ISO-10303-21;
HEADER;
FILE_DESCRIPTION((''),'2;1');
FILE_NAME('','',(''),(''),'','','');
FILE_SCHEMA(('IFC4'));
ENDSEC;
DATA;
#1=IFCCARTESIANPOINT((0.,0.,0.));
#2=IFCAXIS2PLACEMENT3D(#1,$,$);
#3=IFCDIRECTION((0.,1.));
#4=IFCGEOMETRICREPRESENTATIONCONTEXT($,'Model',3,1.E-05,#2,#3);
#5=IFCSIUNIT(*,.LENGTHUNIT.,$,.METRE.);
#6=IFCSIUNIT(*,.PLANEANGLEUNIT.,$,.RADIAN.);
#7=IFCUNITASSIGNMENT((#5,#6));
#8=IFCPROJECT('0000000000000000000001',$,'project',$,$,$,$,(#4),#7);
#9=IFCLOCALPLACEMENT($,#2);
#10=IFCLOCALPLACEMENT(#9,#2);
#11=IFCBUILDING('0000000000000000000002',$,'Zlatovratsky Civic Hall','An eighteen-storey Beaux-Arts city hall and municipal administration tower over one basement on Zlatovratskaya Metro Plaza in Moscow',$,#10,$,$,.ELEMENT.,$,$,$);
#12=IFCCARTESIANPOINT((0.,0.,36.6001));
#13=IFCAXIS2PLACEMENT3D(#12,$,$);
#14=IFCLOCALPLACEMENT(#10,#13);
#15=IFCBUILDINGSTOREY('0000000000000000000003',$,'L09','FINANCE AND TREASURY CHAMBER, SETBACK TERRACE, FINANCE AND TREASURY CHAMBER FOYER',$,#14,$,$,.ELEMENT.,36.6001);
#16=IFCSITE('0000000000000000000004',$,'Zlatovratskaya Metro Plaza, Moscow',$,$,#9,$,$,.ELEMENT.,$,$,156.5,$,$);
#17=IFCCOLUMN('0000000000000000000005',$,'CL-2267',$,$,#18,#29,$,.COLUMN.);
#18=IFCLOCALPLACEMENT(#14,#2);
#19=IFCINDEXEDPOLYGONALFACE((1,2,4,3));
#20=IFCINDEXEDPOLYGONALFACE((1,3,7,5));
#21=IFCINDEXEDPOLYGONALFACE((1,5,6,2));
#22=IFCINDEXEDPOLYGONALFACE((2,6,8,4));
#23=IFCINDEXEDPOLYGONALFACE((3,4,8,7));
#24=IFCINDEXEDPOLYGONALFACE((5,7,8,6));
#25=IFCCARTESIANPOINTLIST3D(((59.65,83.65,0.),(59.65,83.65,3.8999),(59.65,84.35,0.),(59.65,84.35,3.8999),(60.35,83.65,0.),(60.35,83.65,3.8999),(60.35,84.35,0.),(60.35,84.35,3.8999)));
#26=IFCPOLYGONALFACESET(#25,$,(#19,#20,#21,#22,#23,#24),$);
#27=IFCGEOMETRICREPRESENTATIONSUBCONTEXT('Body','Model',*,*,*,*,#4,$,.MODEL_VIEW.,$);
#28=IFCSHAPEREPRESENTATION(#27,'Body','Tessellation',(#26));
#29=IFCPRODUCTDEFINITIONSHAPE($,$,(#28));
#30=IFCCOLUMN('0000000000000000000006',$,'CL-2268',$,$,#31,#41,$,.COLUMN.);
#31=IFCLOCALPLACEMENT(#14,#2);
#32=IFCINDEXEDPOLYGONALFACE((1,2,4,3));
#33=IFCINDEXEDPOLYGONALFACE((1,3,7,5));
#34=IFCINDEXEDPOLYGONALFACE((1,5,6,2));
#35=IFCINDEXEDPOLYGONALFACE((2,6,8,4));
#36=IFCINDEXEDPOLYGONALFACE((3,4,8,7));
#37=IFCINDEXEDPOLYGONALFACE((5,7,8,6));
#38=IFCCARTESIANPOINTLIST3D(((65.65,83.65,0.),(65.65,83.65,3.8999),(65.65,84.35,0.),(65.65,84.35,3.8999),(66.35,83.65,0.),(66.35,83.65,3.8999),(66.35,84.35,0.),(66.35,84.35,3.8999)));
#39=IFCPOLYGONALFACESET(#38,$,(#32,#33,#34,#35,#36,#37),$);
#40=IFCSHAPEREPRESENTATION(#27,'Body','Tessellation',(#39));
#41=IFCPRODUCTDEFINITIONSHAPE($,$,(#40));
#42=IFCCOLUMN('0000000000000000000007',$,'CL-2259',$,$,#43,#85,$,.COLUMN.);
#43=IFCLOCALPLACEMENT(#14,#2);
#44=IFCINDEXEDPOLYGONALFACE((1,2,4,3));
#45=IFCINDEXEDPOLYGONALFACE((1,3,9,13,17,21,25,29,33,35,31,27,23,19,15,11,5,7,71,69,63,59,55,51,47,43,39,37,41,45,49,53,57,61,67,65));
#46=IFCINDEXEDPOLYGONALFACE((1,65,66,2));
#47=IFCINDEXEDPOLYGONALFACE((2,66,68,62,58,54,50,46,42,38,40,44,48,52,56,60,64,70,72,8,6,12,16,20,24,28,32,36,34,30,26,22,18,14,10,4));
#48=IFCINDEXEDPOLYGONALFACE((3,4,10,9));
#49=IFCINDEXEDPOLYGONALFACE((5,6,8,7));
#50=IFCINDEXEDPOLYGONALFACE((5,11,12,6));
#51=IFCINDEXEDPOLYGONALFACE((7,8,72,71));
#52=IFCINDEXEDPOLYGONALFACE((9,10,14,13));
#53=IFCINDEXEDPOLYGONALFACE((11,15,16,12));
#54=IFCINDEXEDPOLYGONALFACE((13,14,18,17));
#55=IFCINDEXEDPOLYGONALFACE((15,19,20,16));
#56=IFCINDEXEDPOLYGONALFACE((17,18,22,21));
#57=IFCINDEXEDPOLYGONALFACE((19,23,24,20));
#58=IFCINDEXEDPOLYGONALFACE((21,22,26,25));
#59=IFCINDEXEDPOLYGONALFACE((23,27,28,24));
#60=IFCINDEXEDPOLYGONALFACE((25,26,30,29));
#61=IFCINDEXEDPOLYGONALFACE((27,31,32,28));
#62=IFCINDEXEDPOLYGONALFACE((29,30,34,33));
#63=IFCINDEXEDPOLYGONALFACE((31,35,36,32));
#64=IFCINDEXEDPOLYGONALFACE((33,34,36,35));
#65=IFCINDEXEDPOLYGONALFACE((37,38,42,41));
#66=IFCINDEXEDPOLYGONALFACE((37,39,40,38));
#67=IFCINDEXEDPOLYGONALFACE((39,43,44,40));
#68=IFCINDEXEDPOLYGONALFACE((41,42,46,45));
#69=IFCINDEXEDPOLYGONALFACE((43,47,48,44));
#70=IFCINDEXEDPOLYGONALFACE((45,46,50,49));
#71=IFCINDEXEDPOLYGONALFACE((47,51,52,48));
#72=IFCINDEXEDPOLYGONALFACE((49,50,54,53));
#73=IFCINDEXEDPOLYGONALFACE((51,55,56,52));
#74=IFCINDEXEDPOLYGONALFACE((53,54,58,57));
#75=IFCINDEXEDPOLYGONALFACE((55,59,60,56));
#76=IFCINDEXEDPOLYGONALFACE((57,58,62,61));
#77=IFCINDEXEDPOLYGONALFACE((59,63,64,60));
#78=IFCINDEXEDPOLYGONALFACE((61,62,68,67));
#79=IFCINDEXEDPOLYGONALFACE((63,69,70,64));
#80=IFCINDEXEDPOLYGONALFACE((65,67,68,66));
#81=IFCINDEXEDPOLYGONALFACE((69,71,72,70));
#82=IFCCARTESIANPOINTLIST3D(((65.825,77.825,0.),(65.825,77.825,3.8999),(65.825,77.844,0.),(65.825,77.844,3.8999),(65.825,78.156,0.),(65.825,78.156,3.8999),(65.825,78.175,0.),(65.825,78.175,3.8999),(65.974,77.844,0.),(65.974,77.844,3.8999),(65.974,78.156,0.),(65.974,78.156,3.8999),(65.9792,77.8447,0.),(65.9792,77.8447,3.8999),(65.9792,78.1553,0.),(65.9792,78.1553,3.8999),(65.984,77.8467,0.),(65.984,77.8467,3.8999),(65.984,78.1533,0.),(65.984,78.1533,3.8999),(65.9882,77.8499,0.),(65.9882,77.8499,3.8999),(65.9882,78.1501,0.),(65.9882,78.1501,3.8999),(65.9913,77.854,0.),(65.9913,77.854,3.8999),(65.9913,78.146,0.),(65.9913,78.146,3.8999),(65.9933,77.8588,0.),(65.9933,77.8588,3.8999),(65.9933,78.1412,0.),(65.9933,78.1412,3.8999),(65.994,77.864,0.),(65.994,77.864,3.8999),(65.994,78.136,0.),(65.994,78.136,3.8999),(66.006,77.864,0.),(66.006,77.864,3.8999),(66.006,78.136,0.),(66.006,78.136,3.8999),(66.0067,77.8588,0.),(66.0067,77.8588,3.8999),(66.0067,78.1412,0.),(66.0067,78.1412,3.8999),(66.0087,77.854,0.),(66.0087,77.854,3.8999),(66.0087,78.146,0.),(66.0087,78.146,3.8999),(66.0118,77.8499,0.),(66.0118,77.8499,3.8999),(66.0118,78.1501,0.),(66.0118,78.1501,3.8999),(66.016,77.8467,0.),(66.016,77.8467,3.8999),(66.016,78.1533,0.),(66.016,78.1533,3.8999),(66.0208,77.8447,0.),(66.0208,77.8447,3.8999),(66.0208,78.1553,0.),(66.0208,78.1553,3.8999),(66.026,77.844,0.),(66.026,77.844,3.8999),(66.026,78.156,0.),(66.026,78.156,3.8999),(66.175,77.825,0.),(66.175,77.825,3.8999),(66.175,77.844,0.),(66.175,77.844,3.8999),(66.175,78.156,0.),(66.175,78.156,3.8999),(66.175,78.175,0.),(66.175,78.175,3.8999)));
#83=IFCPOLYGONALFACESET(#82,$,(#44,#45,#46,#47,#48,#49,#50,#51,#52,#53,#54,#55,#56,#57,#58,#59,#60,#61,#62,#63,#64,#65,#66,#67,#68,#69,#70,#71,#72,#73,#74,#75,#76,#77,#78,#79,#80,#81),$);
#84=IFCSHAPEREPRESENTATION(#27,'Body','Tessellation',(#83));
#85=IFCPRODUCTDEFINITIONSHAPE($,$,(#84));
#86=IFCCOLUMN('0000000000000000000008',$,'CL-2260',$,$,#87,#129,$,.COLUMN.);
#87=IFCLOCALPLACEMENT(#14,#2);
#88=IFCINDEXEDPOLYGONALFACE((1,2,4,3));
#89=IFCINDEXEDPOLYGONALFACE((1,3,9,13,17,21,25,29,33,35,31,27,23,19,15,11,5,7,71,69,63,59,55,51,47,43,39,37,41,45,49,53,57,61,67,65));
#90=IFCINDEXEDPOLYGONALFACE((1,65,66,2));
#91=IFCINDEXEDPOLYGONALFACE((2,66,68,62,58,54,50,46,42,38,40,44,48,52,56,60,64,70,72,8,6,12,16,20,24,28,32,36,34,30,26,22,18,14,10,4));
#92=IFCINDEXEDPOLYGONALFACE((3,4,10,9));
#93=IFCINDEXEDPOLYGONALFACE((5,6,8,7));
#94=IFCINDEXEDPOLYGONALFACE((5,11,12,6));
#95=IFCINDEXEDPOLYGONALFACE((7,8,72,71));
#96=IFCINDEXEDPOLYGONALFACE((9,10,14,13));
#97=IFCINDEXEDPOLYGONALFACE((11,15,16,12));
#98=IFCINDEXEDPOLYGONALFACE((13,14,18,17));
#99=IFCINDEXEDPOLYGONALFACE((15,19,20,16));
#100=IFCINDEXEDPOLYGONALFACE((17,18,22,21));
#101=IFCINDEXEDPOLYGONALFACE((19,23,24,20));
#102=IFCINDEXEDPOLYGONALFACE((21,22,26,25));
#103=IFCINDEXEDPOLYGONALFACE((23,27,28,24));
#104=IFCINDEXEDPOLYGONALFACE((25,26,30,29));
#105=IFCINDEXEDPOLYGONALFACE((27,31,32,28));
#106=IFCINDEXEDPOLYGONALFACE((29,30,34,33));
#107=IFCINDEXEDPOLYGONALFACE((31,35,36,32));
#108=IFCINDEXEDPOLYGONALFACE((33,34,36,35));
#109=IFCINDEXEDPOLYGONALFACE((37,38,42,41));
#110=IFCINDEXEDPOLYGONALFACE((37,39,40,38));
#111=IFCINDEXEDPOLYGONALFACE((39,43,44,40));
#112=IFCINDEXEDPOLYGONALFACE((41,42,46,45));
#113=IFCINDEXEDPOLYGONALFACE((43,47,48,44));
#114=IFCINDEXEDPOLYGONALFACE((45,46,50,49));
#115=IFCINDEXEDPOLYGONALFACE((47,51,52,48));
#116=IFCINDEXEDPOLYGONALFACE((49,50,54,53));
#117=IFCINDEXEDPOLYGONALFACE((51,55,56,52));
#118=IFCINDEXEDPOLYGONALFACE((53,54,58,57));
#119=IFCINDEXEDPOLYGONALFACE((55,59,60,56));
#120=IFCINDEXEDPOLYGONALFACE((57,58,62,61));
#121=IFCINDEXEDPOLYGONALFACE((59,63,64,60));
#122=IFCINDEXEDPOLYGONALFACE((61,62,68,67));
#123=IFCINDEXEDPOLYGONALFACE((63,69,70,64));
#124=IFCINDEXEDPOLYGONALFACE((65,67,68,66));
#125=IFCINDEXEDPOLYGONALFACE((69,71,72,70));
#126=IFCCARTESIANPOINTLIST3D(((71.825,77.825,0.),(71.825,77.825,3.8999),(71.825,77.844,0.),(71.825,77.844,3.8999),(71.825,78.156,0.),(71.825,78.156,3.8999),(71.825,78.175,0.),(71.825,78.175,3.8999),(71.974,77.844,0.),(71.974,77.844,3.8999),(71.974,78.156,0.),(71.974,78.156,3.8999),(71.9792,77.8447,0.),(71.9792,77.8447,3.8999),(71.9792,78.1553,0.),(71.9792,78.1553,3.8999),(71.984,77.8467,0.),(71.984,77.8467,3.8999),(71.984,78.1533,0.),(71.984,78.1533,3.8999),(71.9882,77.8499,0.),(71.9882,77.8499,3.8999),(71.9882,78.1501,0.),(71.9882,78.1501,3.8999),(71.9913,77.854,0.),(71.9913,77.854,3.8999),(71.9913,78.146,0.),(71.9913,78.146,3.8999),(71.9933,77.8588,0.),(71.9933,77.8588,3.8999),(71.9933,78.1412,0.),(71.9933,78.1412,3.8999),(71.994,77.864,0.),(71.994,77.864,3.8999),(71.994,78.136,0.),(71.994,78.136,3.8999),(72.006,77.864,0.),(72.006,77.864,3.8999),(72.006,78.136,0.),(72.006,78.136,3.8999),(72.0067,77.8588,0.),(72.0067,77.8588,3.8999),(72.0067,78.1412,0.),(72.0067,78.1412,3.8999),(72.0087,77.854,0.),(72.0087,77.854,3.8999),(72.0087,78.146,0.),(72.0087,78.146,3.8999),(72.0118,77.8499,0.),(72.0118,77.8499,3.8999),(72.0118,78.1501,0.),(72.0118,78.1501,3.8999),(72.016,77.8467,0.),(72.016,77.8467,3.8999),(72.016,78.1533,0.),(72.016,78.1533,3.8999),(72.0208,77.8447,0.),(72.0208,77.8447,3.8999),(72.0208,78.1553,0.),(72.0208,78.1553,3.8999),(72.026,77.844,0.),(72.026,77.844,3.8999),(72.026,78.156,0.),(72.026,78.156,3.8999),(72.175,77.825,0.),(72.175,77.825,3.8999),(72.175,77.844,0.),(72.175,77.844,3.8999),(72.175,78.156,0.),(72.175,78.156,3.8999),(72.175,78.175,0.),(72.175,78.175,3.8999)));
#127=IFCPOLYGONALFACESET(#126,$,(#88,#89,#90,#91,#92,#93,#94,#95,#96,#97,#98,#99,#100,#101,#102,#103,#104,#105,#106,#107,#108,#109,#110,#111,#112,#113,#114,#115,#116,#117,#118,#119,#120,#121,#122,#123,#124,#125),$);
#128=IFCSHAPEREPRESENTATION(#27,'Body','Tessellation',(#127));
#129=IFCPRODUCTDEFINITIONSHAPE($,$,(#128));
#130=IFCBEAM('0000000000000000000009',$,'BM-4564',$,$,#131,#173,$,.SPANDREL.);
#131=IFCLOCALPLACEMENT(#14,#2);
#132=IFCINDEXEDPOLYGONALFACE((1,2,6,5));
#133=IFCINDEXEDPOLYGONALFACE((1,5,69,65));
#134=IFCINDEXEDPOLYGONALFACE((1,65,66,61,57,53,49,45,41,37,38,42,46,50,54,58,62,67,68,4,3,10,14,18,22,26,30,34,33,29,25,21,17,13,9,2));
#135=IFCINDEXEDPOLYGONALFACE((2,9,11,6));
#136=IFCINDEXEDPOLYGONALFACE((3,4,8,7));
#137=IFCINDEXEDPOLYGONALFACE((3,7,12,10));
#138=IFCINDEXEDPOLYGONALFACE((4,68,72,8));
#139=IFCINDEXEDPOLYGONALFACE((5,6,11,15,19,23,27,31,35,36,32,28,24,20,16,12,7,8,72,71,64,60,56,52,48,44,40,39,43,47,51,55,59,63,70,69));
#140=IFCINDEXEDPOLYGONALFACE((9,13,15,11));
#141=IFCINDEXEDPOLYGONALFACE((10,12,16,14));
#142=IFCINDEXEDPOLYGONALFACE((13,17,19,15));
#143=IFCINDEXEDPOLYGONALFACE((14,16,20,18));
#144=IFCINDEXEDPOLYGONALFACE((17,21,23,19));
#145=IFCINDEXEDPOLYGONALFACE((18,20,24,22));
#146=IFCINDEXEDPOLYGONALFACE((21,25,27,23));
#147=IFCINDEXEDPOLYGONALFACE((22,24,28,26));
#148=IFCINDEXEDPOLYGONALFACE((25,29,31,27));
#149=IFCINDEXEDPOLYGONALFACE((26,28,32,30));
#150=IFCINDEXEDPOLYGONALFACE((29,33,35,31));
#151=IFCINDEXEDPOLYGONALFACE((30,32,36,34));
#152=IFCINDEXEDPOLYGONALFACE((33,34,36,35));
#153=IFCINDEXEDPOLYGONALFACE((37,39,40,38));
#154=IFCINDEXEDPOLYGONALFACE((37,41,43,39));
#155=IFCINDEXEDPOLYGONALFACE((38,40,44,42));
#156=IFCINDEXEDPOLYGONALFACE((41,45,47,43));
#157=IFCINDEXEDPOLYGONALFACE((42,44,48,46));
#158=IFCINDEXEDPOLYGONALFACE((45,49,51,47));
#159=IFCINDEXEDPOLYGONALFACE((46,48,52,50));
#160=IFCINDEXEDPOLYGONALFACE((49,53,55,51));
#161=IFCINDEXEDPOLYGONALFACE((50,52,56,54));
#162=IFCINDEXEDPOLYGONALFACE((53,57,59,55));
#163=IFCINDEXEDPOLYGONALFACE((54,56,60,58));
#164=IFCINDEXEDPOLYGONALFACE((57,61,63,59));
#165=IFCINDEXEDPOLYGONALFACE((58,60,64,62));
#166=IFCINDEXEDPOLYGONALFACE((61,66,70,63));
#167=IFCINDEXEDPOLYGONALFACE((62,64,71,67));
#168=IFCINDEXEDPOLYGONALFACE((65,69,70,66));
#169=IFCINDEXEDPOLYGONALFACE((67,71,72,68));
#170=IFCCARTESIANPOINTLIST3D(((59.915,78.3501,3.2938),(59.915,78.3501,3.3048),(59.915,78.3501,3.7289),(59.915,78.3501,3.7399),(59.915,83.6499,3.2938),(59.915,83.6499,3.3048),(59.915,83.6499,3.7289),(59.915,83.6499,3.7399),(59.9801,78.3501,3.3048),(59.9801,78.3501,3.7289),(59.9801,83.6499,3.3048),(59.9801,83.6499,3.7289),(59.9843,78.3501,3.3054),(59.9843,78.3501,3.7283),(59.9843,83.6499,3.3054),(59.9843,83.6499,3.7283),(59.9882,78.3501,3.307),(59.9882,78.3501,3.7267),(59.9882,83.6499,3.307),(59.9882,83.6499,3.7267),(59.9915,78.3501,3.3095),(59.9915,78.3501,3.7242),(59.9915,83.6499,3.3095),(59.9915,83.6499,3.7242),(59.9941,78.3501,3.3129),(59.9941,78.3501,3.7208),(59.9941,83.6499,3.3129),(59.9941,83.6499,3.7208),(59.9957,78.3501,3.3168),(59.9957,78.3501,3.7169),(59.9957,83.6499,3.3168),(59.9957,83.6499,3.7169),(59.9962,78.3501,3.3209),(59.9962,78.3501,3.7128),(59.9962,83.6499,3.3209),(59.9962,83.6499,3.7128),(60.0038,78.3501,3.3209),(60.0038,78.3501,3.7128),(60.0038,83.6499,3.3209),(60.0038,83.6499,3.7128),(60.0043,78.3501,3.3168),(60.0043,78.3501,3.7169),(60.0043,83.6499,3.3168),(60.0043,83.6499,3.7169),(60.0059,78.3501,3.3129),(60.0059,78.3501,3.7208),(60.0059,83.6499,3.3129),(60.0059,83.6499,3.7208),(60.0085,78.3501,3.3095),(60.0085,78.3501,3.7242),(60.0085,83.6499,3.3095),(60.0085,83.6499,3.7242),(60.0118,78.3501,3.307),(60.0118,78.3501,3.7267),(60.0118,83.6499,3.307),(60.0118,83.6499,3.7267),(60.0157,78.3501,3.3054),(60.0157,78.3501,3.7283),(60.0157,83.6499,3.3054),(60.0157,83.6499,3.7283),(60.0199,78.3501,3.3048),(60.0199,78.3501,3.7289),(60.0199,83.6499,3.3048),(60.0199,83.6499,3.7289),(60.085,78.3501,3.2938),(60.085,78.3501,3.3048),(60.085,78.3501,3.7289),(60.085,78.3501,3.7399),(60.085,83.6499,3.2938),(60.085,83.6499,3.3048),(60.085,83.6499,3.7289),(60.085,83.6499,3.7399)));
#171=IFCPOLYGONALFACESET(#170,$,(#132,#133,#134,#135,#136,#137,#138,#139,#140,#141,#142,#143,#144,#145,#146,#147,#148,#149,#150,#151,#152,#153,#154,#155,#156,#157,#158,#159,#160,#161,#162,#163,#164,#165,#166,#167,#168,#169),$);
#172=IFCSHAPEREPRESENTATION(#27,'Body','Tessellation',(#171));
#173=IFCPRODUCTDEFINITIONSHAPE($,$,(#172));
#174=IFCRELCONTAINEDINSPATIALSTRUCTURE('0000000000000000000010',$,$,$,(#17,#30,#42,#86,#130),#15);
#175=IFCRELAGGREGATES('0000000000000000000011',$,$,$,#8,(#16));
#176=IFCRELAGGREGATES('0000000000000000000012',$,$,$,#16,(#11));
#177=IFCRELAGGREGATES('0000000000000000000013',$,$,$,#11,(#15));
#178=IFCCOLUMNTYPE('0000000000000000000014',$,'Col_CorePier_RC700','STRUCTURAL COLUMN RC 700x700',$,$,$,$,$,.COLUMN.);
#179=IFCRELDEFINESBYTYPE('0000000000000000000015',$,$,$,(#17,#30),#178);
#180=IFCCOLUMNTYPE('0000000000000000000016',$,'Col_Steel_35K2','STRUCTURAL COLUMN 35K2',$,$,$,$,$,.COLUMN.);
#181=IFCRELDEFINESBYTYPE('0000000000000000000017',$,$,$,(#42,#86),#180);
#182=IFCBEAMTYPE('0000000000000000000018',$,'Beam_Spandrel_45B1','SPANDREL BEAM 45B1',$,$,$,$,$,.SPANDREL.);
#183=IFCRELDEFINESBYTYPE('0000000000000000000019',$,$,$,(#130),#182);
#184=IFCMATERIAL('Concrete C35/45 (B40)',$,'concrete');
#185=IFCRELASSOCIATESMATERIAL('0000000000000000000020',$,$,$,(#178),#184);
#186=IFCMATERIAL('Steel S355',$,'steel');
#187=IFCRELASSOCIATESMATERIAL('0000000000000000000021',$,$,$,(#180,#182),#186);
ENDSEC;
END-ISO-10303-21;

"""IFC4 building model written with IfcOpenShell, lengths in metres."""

from ifc_helpers import new_model, si_unit, direction, frame, origin, origin_2d, place, context, subcontext, project, spatial, rectangle, i_section, extrude, material, material_profile, profile_set, type_object, element, save


model = new_model("IFC4")

# Units and contexts
model_context = context("Model", 3, precision=1e-05, world=origin(), true_north=direction((0.0, 1.0)))
body_context = subcontext(model_context, "Body", "Model", "MODEL_VIEW")
ifc_project = project(units=[si_unit("LENGTHUNIT", "METRE"), si_unit("PLANEANGLEUNIT", "RADIAN")], contexts=[model_context])

# Site, building, storey
site_placement = place(None, origin())
site = spatial("IfcSite", under=ifc_project, at=site_placement, Name="Zlatovratskaya Metro Plaza, Moscow", CompositionType="ELEMENT", RefElevation=156.5)
building_placement = place(site_placement, origin())
building = spatial("IfcBuilding", under=site, at=building_placement, Name="Zlatovratsky Civic Hall", Description="An eighteen-storey Beaux-Arts city hall and municipal administration tower over one basement on Zlatovratskaya Metro Plaza in Moscow", CompositionType="ELEMENT")
storey_placement = place(building_placement, frame((0.0, 0.0, 36.6001)))
storey = spatial("IfcBuildingStorey", under=building, at=storey_placement, Name="L09", Description="FINANCE AND TREASURY CHAMBER, SETBACK TERRACE, FINANCE AND TREASURY CHAMBER FOYER", CompositionType="ELEMENT", Elevation=36.6001)

# Columns
ifc_material_1 = material(Name="Concrete C35/45 (B40)", Category="concrete")
ifc_material_profile_1 = material_profile(ifc_material_1, rectangle(XDim=0.7, YDim=0.7, at=origin_2d()), Name="RC 700x700")
ifc_profile_set_1 = profile_set([ifc_material_profile_1], Name="Concrete C35/45 (B40)")
column_type_1 = type_object("IfcColumnType", Name="Col_CorePier_RC700", Description="STRUCTURAL COLUMN RC 700x700", PredefinedType="COLUMN", material=ifc_profile_set_1)
for number, where, z_axis, x_axis, name in (
    (1, (60.0, 84.0, 0.0), (0.0, 0.0, 1.0), (1.0, 0.0, 0.0), "CL-2267"),
    (2, (66.0, 84.0, 0.0), (0.0, 0.0, 1.0), (1.0, 0.0, 0.0), "CL-2268"),
):
    element("IfcColumn", number, at=place(storey_placement, frame(where, z_axis=z_axis, x_axis=x_axis)), inside=storey, type_object=column_type_1, Name=name, PredefinedType="COLUMN", context=body_context, shape_type="SweptSolid", body=[
        extrude(rectangle(XDim=0.7, YDim=0.7, at=origin_2d()), origin(), (0.0, 0.0, 1.0), 3.8999),
    ])
ifc_material_2 = material(Name="Steel S355", Category="steel")
ifc_material_profile_2 = material_profile(ifc_material_2, i_section(OverallWidth=0.3501, OverallDepth=0.3501, WebThickness=0.012, FlangeThickness=0.019, FilletRadius=0.02, at=origin_2d()), Name="35K2")
ifc_profile_set_2 = profile_set([ifc_material_profile_2], Name="Steel S355")
column_type_2 = type_object("IfcColumnType", Name="Col_Steel_35K2", Description="STRUCTURAL COLUMN 35K2", PredefinedType="COLUMN", material=ifc_profile_set_2)
for number, where, z_axis, x_axis, name in (
    (3, (66.0, 78.0, 0.0), (0.0, 0.0, 1.0), (1.0, 0.0, 0.0), "CL-2259"),
    (4, (72.0, 78.0, 0.0), (0.0, 0.0, 1.0), (1.0, 0.0, 0.0), "CL-2260"),
):
    element("IfcColumn", number, at=place(storey_placement, frame(where, z_axis=z_axis, x_axis=x_axis)), inside=storey, type_object=column_type_2, Name=name, PredefinedType="COLUMN", context=body_context, shape_type="SweptSolid", body=[
        extrude(i_section(OverallWidth=0.3501, OverallDepth=0.3501, WebThickness=0.012, FlangeThickness=0.019, FilletRadius=0.02, at=origin_2d()), origin(), (0.0, 0.0, 1.0), 3.8999),
    ])

# Beam
ifc_material_profile_3 = material_profile(ifc_material_2, i_section(OverallWidth=0.1699, OverallDepth=0.446, WebThickness=0.0076, FlangeThickness=0.011, FilletRadius=0.0161, at=origin_2d()), Name="45B1")
ifc_profile_set_3 = profile_set([ifc_material_profile_3], Name="Steel S355")
beam_type_1 = type_object("IfcBeamType", Name="Beam_Spandrel_45B1", Description="SPANDREL BEAM 45B1", PredefinedType="SPANDREL", material=ifc_profile_set_3)
for number, where, z_axis, x_axis, name in (
    (5, (60.0, 78.3501, 3.5168), (0.0, 1.0, 0.0), (-1.0, 0.0, 0.0), "BM-4564"),
):
    element("IfcBeam", number, at=place(storey_placement, frame(where, z_axis=z_axis, x_axis=x_axis)), inside=storey, type_object=beam_type_1, Name=name, PredefinedType="SPANDREL", context=body_context, shape_type="SweptSolid", body=[
        extrude(i_section(OverallWidth=0.1699, OverallDepth=0.446, WebThickness=0.0076, FlangeThickness=0.011, FilletRadius=0.0161, at=origin_2d()), origin(), (0.0, 0.0, 1.0), 5.2998),
    ])

save(model, "model.ifc")
